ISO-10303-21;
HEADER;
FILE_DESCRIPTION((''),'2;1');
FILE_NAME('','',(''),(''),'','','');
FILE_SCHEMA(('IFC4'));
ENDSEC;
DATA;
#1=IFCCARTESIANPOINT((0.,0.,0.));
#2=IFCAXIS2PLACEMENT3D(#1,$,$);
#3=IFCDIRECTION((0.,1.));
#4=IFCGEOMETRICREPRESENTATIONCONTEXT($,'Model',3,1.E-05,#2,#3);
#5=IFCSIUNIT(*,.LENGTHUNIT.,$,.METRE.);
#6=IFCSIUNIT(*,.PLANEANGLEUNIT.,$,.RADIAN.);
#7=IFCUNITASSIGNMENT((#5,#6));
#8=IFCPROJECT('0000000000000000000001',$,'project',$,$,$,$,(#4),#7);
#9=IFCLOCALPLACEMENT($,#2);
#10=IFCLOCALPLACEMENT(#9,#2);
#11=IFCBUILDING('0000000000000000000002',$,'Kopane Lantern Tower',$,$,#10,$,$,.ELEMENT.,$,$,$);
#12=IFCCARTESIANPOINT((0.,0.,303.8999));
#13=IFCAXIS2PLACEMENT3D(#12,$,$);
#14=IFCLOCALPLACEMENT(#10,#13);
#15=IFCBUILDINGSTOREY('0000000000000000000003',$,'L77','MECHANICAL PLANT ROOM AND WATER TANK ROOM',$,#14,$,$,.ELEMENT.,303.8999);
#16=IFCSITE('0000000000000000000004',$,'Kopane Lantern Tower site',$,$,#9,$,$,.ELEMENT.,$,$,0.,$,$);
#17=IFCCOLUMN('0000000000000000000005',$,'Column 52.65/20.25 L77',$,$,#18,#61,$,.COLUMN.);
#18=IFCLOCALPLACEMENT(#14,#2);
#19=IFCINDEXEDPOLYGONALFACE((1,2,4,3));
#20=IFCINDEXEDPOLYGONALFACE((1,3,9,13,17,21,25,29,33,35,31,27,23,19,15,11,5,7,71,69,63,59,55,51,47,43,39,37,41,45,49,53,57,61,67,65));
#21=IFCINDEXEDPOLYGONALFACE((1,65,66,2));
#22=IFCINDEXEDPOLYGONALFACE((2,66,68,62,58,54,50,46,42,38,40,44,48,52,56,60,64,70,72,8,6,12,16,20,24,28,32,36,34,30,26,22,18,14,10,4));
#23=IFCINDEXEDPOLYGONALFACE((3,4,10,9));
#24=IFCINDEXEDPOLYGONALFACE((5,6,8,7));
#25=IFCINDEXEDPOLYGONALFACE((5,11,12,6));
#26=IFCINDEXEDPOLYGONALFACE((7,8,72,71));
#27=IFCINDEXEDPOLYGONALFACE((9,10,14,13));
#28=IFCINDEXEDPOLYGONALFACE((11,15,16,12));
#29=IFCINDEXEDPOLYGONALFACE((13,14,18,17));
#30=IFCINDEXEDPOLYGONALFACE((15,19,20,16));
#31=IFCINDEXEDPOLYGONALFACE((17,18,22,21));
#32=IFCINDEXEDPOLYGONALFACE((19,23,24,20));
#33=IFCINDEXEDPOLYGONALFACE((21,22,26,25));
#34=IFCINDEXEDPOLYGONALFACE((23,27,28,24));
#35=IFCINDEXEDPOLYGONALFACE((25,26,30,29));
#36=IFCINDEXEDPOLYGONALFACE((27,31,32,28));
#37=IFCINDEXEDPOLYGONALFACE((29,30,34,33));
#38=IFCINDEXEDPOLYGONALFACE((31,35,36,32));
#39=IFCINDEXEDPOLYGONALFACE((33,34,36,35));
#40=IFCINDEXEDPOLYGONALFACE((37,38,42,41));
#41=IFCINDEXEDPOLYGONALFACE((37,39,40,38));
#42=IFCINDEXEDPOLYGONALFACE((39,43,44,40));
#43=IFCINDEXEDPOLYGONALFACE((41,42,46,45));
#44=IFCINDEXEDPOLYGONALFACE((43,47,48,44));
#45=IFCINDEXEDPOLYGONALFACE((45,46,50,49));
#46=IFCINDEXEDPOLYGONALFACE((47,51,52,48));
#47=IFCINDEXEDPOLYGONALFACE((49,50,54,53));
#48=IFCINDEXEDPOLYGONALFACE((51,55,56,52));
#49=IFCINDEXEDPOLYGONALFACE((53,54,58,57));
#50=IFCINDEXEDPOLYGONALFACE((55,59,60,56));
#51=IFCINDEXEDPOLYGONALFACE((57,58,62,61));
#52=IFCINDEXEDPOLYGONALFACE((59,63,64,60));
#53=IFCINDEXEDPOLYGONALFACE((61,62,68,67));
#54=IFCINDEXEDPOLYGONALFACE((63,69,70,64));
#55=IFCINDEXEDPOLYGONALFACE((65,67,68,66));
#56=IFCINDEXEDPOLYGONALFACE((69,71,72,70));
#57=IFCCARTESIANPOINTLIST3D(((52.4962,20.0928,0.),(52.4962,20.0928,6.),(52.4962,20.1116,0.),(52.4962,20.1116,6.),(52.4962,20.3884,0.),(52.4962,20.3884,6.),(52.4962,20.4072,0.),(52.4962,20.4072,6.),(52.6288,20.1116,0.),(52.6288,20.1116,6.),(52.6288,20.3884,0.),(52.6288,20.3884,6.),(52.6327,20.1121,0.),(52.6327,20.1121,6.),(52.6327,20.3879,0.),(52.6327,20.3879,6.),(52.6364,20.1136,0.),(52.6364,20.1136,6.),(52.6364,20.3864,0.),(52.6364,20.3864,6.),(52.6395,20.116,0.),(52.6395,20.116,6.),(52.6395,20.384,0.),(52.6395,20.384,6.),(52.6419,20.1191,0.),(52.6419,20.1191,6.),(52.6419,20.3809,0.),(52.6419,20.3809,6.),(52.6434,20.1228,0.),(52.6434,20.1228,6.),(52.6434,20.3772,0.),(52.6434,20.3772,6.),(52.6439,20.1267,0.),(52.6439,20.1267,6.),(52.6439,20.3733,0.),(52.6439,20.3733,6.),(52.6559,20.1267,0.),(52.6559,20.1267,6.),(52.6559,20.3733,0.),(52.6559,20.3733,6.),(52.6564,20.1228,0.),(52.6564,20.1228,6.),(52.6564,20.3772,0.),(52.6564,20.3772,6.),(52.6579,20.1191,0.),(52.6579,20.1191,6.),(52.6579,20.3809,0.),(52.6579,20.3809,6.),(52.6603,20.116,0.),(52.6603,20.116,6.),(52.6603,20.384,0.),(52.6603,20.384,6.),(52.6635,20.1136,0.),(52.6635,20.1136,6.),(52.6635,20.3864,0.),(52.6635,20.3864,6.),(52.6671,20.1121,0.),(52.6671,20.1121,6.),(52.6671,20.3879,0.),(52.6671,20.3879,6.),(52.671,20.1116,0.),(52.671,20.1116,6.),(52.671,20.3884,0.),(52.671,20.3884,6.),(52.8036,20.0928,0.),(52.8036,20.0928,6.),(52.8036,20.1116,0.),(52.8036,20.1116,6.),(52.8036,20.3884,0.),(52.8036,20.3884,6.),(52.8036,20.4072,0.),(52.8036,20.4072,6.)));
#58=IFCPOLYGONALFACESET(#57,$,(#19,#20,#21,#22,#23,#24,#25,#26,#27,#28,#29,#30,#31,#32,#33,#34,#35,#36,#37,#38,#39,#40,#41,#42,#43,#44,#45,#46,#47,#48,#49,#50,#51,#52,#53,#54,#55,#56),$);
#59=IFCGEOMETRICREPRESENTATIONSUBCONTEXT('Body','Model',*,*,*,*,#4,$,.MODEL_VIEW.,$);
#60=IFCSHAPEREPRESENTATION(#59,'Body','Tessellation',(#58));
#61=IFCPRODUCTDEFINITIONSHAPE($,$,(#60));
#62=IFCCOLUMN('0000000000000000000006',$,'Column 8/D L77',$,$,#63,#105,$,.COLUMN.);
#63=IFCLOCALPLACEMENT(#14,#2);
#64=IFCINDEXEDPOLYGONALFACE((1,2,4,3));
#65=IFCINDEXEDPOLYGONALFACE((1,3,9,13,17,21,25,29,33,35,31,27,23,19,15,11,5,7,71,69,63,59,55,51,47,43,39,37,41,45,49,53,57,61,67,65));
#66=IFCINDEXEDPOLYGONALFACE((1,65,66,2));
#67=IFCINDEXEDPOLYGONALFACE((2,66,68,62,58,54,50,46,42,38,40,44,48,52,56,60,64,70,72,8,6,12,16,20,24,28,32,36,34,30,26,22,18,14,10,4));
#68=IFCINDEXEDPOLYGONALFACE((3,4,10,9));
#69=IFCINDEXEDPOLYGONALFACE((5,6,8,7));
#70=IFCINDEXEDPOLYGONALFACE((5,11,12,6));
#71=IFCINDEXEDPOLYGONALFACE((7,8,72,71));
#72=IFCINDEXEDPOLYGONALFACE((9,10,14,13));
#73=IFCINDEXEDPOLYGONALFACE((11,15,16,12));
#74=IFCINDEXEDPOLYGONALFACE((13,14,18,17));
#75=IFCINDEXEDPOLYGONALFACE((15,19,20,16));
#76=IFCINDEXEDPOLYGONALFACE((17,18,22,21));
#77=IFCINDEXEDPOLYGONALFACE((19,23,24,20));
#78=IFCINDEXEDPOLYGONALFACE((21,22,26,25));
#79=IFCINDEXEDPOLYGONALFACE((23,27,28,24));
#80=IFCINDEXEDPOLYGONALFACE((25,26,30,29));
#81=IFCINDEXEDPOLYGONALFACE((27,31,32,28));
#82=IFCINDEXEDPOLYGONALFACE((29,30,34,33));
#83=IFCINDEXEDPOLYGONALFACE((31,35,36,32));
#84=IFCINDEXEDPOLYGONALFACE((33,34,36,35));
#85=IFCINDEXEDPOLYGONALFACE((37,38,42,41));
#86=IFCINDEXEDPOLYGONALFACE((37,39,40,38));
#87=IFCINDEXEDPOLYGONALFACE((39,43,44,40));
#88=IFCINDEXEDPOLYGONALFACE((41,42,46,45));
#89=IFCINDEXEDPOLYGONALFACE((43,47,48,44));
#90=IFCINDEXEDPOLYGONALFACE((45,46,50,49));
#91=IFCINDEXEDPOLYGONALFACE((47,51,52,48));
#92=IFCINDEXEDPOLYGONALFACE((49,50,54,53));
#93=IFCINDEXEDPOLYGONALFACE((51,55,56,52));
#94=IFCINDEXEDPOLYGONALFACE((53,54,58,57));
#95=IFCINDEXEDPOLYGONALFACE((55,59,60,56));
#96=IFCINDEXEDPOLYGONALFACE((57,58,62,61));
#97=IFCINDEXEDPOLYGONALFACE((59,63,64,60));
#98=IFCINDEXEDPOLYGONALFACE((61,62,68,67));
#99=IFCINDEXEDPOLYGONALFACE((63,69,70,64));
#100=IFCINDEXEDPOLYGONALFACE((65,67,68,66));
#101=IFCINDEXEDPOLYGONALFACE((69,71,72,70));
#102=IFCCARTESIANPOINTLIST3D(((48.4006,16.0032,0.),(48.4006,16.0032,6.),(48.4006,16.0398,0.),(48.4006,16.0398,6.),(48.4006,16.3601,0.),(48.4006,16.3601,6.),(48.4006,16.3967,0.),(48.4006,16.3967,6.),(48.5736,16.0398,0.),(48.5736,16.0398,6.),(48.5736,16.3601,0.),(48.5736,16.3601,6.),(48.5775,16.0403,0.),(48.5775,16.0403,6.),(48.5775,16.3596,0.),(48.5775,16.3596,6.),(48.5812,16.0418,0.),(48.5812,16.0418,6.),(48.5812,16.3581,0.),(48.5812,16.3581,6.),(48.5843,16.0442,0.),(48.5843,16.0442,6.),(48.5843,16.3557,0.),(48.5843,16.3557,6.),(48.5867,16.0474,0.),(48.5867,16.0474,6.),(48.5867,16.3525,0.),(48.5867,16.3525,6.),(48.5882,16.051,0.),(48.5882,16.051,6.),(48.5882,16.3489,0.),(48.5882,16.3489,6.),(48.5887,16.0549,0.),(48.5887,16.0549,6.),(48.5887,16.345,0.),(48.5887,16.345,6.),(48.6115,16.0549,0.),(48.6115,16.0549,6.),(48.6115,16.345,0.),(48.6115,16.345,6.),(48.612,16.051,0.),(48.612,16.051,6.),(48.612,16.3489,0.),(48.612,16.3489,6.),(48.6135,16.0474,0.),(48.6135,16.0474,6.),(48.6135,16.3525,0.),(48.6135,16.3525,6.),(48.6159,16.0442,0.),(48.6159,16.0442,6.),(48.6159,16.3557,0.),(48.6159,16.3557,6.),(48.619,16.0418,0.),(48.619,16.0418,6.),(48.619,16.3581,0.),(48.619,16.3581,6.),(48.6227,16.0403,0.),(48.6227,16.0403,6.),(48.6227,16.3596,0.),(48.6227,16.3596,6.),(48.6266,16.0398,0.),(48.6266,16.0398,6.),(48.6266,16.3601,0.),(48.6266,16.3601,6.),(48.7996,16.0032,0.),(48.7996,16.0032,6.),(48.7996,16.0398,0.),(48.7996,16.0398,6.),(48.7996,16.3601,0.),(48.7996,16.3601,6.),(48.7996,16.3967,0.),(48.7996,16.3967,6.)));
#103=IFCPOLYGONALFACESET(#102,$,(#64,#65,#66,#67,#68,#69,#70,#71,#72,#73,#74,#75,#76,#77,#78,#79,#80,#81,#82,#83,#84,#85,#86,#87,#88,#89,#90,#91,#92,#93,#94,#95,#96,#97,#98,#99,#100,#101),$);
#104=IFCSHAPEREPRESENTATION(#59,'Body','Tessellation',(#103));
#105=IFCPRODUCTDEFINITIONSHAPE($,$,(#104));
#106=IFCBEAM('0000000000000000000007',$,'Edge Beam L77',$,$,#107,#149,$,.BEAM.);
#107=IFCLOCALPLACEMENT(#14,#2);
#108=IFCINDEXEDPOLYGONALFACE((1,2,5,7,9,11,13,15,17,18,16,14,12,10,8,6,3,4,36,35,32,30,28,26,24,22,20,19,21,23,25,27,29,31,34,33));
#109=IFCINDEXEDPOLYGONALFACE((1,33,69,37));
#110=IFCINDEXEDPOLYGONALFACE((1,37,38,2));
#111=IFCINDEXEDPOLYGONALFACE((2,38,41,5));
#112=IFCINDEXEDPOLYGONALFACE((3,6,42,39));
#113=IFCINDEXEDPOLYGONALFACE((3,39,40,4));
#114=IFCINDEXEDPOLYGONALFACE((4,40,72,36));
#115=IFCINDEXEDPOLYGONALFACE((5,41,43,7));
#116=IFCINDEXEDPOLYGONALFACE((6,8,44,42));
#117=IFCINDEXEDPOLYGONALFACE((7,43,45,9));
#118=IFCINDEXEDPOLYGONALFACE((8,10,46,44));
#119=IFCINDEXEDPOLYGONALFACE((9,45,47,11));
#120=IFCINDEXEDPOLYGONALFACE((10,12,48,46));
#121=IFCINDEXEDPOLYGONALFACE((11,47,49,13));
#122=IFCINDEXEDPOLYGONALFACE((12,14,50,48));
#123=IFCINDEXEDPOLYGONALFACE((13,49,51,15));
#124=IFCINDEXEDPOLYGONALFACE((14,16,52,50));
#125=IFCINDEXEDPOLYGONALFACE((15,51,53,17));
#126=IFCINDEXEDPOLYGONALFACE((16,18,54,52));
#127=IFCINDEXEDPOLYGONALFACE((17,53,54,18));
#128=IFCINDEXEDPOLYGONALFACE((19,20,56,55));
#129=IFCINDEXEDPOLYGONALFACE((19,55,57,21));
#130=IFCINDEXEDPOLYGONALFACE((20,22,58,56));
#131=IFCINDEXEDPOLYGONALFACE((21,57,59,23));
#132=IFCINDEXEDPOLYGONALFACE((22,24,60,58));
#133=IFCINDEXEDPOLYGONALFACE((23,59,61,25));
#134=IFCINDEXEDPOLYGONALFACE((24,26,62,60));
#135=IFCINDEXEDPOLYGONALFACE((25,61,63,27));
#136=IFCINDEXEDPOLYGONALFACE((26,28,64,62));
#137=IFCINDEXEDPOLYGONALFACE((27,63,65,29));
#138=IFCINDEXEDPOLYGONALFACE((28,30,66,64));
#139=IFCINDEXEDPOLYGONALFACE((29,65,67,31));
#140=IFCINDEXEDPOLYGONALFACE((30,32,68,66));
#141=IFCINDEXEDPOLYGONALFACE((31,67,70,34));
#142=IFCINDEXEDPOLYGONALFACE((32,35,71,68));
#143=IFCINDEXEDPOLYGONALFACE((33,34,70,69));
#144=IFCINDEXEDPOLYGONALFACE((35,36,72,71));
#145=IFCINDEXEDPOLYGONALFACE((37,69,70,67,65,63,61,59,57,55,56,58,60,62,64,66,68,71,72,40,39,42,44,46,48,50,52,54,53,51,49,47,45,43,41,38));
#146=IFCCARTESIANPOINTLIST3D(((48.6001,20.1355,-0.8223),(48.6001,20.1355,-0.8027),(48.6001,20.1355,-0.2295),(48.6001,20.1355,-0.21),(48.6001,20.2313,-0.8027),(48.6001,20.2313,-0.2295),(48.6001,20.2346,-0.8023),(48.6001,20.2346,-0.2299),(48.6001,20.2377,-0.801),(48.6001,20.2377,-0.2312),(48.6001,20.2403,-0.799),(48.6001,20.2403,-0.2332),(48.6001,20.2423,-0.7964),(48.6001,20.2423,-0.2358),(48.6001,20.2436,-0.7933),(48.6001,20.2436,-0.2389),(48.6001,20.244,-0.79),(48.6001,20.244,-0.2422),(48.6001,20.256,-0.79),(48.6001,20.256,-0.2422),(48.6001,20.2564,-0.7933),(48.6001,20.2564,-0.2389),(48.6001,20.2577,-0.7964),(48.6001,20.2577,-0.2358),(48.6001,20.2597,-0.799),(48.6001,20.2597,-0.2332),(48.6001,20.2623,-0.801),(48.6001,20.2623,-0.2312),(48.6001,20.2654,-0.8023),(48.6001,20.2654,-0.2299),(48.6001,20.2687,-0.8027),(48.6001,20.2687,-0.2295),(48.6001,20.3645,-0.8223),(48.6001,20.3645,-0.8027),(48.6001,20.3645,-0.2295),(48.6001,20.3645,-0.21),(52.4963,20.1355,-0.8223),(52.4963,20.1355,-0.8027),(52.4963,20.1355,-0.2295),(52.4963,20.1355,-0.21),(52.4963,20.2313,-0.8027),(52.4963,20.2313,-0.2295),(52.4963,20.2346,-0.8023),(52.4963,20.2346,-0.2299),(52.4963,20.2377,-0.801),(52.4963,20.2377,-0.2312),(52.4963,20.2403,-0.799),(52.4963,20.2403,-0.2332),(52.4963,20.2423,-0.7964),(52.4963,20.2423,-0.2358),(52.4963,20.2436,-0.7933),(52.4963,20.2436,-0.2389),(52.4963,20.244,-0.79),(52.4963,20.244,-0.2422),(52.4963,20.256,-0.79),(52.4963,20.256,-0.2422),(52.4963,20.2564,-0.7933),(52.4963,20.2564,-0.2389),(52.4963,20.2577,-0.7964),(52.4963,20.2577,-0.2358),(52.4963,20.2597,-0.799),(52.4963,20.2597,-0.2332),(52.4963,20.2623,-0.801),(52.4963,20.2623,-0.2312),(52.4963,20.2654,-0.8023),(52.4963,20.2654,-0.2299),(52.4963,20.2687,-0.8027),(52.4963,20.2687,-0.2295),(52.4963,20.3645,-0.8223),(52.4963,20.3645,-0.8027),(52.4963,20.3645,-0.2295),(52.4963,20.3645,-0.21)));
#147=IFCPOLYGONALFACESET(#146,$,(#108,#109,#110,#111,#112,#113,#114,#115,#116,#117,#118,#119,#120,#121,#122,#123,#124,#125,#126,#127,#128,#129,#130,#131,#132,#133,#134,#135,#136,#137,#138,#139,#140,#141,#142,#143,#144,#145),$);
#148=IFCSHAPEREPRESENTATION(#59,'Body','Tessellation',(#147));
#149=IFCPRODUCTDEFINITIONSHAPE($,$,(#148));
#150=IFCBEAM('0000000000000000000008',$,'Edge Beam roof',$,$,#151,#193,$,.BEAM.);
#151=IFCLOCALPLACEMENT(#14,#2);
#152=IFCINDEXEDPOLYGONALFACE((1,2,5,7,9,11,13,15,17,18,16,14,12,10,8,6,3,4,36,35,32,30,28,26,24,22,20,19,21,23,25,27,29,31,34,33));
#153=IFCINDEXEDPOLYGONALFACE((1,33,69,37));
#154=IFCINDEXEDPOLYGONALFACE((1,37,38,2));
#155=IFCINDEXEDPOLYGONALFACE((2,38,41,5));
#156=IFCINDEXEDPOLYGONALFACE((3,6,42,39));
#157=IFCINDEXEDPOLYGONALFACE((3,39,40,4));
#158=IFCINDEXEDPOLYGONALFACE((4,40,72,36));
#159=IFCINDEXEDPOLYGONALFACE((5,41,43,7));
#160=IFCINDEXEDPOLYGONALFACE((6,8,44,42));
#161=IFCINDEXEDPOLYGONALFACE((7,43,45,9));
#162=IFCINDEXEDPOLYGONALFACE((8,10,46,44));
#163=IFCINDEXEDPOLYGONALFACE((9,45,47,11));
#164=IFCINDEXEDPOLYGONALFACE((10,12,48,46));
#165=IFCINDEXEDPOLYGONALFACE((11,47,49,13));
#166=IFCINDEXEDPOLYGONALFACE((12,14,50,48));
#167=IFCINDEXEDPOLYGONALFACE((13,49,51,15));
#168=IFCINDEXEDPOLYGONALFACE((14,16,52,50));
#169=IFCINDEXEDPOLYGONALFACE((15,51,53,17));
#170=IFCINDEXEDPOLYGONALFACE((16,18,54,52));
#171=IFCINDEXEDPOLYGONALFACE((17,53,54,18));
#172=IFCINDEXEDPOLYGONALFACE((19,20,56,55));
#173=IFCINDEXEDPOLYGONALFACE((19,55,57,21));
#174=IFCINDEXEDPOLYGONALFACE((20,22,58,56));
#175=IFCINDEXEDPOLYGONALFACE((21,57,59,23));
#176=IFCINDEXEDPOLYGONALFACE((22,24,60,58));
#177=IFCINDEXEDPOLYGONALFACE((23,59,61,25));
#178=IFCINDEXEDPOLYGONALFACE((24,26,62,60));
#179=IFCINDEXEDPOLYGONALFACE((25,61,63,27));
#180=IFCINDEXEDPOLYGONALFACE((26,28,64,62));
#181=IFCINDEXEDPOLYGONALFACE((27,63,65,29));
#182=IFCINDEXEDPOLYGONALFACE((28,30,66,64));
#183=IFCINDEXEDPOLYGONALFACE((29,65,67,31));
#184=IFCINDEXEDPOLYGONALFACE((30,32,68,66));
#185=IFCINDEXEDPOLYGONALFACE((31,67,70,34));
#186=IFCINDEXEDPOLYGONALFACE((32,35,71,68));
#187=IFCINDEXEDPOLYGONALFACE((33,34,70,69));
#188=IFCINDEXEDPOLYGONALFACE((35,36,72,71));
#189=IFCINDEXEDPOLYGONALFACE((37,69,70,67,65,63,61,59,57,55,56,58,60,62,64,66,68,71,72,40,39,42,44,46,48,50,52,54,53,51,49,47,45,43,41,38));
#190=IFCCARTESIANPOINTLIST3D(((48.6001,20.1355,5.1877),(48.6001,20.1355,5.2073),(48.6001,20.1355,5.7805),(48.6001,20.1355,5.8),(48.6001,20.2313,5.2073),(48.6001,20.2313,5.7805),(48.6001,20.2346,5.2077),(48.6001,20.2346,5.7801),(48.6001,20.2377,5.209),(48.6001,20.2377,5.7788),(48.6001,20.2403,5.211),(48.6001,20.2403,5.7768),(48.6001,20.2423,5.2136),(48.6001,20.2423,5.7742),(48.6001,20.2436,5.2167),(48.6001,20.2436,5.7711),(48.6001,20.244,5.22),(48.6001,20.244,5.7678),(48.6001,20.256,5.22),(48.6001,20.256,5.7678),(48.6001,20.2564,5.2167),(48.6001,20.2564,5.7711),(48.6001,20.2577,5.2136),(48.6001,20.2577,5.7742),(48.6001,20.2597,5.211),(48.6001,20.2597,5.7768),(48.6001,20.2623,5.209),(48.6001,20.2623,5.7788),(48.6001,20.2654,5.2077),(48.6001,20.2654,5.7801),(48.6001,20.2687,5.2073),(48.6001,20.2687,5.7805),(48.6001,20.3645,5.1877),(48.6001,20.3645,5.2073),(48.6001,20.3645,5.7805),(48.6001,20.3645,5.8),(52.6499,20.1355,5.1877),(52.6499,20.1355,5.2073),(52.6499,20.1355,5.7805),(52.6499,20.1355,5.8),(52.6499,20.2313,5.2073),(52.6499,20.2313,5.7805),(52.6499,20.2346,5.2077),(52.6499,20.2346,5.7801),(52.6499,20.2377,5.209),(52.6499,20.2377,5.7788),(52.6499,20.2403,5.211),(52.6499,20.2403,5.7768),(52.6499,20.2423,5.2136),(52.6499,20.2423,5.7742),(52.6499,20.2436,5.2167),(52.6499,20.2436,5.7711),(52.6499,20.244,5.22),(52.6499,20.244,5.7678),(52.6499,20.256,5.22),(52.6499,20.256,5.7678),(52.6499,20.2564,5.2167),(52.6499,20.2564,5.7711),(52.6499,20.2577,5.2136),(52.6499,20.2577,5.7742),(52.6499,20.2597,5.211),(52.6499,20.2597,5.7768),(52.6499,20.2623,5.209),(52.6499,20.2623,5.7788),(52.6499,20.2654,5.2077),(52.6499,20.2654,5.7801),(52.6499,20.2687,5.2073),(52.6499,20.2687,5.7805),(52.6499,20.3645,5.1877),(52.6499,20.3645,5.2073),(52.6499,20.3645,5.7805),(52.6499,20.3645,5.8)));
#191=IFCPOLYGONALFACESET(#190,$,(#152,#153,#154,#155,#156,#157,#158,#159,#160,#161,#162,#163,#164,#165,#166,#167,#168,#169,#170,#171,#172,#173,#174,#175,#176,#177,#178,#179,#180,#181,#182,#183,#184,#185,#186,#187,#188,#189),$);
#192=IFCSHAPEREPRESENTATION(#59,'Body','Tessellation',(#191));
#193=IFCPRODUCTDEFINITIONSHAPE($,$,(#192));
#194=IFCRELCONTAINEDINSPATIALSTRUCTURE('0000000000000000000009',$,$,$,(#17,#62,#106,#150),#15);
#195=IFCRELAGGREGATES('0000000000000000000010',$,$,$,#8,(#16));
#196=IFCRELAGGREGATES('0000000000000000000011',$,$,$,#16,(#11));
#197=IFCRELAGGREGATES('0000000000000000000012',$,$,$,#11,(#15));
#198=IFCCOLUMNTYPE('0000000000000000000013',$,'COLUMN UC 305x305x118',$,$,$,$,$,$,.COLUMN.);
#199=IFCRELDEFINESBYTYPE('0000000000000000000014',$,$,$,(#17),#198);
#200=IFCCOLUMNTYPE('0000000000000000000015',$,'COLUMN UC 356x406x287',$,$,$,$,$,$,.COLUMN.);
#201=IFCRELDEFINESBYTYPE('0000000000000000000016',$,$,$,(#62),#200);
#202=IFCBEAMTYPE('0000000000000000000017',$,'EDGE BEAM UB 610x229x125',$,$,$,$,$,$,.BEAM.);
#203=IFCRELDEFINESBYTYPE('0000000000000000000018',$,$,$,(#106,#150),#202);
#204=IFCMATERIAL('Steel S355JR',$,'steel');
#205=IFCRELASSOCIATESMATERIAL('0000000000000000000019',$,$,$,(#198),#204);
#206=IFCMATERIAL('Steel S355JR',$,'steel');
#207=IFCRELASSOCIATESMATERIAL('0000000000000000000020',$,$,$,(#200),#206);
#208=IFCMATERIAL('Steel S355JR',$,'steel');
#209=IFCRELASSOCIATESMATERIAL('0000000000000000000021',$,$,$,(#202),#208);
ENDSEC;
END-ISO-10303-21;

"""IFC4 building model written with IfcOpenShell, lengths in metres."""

from ifc_helpers import new_model, si_unit, direction, frame, origin, origin_2d, place, context, subcontext, project, spatial, i_section, extrude, material, material_profile, profile_set, type_object, element, save


model = new_model("IFC4")

# Units and contexts
model_context = context("Model", 3, precision=1e-05, world=origin(), true_north=direction((0.0, 1.0)))
body_context = subcontext(model_context, "Body", "Model", "MODEL_VIEW")
ifc_project = project(units=[si_unit("LENGTHUNIT", "METRE"), si_unit("PLANEANGLEUNIT", "RADIAN")], contexts=[model_context])

# Site, building, storey
site_placement = place(None, origin())
site = spatial("IfcSite", under=ifc_project, at=site_placement, Name="Kopane Lantern Tower site", CompositionType="ELEMENT", RefElevation=0.0)
building_placement = place(site_placement, origin())
building = spatial("IfcBuilding", under=site, at=building_placement, Name="Kopane Lantern Tower", CompositionType="ELEMENT")
storey_placement = place(building_placement, frame((0.0, 0.0, 303.8999)))
storey = spatial("IfcBuildingStorey", under=building, at=storey_placement, Name="L77", Description="MECHANICAL PLANT ROOM AND WATER TANK ROOM", CompositionType="ELEMENT", Elevation=303.8999)

# Columns
ifc_material_1 = material(Name="Steel S355JR", Category="steel")
ifc_material_profile_1 = material_profile(ifc_material_1, i_section(OverallWidth=0.3074, OverallDepth=0.3145, WebThickness=0.012, FlangeThickness=0.0188, FilletRadius=0.0151, at=origin_2d()), Name="UC 305x305x118")
ifc_profile_set_1 = profile_set([ifc_material_profile_1], Name="Steel S355JR")
column_type_1 = type_object("IfcColumnType", Name="COLUMN UC 305x305x118", PredefinedType="COLUMN", material=ifc_profile_set_1)
column_1_placement = place(storey_placement, frame((52.6499, 20.25, 0.0), z_axis=(0.0, 0.0, 1.0), x_axis=(1.0, 0.0, 0.0)))
element("IfcColumn", 1, at=column_1_placement, inside=storey, type_object=column_type_1, Name="Column 52.65/20.25 L77", PredefinedType="COLUMN", context=body_context, shape_type="SweptSolid", body=[
    extrude(i_section(OverallWidth=0.3074, OverallDepth=0.3145, WebThickness=0.012, FlangeThickness=0.0188, FilletRadius=0.0151, at=origin_2d()), origin(), (0.0, 0.0, 1.0), 6.0),
])
ifc_material_2 = material(Name="Steel S355JR", Category="steel")
ifc_material_profile_2 = material_profile(ifc_material_2, i_section(OverallWidth=0.3989, OverallDepth=0.3936, WebThickness=0.0227, FlangeThickness=0.0366, FilletRadius=0.0151, at=origin_2d()), Name="UC 356x406x287")
ifc_profile_set_2 = profile_set([ifc_material_profile_2], Name="Steel S355JR")
column_type_2 = type_object("IfcColumnType", Name="COLUMN UC 356x406x287", PredefinedType="COLUMN", material=ifc_profile_set_2)
column_2_placement = place(storey_placement, frame((48.6001, 16.2, 0.0), z_axis=(0.0, 0.0, 1.0), x_axis=(1.0, 0.0, 0.0)))
element("IfcColumn", 2, at=column_2_placement, inside=storey, type_object=column_type_2, Name="Column 8/D L77", PredefinedType="COLUMN", context=body_context, shape_type="SweptSolid", body=[
    extrude(i_section(OverallWidth=0.3989, OverallDepth=0.3936, WebThickness=0.0227, FlangeThickness=0.0366, FilletRadius=0.0151, at=origin_2d()), origin(), (0.0, 0.0, 1.0), 6.0),
])

# Beams
ifc_material_3 = material(Name="Steel S355JR", Category="steel")
ifc_material_profile_3 = material_profile(ifc_material_3, i_section(OverallWidth=0.229, OverallDepth=0.6123, WebThickness=0.012, FlangeThickness=0.0195, FilletRadius=0.0127, at=origin_2d()), Name="UB 610x229x125")
ifc_profile_set_3 = profile_set([ifc_material_profile_3], Name="Steel S355JR")
beam_type_1 = type_object("IfcBeamType", Name="EDGE BEAM UB 610x229x125", PredefinedType="BEAM", material=ifc_profile_set_3)
beam_1_placement = place(storey_placement, frame((52.4963, 20.25, -0.5161), z_axis=(-1.0, 0.0, 0.0), x_axis=(0.0, -1.0, 0.0)))
element("IfcBeam", 3, at=beam_1_placement, inside=storey, type_object=beam_type_1, Name="Edge Beam L77", PredefinedType="BEAM", context=body_context, shape_type="SweptSolid", body=[
    extrude(i_section(OverallWidth=0.229, OverallDepth=0.6123, WebThickness=0.012, FlangeThickness=0.0195, FilletRadius=0.0127, at=origin_2d()), origin(), (0.0, 0.0, 1.0), 3.8962),
])
beam_2_placement = place(storey_placement, frame((52.6499, 20.25, 5.4939), z_axis=(-1.0, 0.0, 0.0), x_axis=(0.0, -1.0, 0.0)))
element("IfcBeam", 4, at=beam_2_placement, inside=storey, type_object=beam_type_1, Name="Edge Beam roof", PredefinedType="BEAM", context=body_context, shape_type="SweptSolid", body=[
    extrude(i_section(OverallWidth=0.229, OverallDepth=0.6123, WebThickness=0.012, FlangeThickness=0.0195, FilletRadius=0.0127, at=origin_2d()), origin(), (0.0, 0.0, 1.0), 4.0498),
])

save(model, "model.ifc")
